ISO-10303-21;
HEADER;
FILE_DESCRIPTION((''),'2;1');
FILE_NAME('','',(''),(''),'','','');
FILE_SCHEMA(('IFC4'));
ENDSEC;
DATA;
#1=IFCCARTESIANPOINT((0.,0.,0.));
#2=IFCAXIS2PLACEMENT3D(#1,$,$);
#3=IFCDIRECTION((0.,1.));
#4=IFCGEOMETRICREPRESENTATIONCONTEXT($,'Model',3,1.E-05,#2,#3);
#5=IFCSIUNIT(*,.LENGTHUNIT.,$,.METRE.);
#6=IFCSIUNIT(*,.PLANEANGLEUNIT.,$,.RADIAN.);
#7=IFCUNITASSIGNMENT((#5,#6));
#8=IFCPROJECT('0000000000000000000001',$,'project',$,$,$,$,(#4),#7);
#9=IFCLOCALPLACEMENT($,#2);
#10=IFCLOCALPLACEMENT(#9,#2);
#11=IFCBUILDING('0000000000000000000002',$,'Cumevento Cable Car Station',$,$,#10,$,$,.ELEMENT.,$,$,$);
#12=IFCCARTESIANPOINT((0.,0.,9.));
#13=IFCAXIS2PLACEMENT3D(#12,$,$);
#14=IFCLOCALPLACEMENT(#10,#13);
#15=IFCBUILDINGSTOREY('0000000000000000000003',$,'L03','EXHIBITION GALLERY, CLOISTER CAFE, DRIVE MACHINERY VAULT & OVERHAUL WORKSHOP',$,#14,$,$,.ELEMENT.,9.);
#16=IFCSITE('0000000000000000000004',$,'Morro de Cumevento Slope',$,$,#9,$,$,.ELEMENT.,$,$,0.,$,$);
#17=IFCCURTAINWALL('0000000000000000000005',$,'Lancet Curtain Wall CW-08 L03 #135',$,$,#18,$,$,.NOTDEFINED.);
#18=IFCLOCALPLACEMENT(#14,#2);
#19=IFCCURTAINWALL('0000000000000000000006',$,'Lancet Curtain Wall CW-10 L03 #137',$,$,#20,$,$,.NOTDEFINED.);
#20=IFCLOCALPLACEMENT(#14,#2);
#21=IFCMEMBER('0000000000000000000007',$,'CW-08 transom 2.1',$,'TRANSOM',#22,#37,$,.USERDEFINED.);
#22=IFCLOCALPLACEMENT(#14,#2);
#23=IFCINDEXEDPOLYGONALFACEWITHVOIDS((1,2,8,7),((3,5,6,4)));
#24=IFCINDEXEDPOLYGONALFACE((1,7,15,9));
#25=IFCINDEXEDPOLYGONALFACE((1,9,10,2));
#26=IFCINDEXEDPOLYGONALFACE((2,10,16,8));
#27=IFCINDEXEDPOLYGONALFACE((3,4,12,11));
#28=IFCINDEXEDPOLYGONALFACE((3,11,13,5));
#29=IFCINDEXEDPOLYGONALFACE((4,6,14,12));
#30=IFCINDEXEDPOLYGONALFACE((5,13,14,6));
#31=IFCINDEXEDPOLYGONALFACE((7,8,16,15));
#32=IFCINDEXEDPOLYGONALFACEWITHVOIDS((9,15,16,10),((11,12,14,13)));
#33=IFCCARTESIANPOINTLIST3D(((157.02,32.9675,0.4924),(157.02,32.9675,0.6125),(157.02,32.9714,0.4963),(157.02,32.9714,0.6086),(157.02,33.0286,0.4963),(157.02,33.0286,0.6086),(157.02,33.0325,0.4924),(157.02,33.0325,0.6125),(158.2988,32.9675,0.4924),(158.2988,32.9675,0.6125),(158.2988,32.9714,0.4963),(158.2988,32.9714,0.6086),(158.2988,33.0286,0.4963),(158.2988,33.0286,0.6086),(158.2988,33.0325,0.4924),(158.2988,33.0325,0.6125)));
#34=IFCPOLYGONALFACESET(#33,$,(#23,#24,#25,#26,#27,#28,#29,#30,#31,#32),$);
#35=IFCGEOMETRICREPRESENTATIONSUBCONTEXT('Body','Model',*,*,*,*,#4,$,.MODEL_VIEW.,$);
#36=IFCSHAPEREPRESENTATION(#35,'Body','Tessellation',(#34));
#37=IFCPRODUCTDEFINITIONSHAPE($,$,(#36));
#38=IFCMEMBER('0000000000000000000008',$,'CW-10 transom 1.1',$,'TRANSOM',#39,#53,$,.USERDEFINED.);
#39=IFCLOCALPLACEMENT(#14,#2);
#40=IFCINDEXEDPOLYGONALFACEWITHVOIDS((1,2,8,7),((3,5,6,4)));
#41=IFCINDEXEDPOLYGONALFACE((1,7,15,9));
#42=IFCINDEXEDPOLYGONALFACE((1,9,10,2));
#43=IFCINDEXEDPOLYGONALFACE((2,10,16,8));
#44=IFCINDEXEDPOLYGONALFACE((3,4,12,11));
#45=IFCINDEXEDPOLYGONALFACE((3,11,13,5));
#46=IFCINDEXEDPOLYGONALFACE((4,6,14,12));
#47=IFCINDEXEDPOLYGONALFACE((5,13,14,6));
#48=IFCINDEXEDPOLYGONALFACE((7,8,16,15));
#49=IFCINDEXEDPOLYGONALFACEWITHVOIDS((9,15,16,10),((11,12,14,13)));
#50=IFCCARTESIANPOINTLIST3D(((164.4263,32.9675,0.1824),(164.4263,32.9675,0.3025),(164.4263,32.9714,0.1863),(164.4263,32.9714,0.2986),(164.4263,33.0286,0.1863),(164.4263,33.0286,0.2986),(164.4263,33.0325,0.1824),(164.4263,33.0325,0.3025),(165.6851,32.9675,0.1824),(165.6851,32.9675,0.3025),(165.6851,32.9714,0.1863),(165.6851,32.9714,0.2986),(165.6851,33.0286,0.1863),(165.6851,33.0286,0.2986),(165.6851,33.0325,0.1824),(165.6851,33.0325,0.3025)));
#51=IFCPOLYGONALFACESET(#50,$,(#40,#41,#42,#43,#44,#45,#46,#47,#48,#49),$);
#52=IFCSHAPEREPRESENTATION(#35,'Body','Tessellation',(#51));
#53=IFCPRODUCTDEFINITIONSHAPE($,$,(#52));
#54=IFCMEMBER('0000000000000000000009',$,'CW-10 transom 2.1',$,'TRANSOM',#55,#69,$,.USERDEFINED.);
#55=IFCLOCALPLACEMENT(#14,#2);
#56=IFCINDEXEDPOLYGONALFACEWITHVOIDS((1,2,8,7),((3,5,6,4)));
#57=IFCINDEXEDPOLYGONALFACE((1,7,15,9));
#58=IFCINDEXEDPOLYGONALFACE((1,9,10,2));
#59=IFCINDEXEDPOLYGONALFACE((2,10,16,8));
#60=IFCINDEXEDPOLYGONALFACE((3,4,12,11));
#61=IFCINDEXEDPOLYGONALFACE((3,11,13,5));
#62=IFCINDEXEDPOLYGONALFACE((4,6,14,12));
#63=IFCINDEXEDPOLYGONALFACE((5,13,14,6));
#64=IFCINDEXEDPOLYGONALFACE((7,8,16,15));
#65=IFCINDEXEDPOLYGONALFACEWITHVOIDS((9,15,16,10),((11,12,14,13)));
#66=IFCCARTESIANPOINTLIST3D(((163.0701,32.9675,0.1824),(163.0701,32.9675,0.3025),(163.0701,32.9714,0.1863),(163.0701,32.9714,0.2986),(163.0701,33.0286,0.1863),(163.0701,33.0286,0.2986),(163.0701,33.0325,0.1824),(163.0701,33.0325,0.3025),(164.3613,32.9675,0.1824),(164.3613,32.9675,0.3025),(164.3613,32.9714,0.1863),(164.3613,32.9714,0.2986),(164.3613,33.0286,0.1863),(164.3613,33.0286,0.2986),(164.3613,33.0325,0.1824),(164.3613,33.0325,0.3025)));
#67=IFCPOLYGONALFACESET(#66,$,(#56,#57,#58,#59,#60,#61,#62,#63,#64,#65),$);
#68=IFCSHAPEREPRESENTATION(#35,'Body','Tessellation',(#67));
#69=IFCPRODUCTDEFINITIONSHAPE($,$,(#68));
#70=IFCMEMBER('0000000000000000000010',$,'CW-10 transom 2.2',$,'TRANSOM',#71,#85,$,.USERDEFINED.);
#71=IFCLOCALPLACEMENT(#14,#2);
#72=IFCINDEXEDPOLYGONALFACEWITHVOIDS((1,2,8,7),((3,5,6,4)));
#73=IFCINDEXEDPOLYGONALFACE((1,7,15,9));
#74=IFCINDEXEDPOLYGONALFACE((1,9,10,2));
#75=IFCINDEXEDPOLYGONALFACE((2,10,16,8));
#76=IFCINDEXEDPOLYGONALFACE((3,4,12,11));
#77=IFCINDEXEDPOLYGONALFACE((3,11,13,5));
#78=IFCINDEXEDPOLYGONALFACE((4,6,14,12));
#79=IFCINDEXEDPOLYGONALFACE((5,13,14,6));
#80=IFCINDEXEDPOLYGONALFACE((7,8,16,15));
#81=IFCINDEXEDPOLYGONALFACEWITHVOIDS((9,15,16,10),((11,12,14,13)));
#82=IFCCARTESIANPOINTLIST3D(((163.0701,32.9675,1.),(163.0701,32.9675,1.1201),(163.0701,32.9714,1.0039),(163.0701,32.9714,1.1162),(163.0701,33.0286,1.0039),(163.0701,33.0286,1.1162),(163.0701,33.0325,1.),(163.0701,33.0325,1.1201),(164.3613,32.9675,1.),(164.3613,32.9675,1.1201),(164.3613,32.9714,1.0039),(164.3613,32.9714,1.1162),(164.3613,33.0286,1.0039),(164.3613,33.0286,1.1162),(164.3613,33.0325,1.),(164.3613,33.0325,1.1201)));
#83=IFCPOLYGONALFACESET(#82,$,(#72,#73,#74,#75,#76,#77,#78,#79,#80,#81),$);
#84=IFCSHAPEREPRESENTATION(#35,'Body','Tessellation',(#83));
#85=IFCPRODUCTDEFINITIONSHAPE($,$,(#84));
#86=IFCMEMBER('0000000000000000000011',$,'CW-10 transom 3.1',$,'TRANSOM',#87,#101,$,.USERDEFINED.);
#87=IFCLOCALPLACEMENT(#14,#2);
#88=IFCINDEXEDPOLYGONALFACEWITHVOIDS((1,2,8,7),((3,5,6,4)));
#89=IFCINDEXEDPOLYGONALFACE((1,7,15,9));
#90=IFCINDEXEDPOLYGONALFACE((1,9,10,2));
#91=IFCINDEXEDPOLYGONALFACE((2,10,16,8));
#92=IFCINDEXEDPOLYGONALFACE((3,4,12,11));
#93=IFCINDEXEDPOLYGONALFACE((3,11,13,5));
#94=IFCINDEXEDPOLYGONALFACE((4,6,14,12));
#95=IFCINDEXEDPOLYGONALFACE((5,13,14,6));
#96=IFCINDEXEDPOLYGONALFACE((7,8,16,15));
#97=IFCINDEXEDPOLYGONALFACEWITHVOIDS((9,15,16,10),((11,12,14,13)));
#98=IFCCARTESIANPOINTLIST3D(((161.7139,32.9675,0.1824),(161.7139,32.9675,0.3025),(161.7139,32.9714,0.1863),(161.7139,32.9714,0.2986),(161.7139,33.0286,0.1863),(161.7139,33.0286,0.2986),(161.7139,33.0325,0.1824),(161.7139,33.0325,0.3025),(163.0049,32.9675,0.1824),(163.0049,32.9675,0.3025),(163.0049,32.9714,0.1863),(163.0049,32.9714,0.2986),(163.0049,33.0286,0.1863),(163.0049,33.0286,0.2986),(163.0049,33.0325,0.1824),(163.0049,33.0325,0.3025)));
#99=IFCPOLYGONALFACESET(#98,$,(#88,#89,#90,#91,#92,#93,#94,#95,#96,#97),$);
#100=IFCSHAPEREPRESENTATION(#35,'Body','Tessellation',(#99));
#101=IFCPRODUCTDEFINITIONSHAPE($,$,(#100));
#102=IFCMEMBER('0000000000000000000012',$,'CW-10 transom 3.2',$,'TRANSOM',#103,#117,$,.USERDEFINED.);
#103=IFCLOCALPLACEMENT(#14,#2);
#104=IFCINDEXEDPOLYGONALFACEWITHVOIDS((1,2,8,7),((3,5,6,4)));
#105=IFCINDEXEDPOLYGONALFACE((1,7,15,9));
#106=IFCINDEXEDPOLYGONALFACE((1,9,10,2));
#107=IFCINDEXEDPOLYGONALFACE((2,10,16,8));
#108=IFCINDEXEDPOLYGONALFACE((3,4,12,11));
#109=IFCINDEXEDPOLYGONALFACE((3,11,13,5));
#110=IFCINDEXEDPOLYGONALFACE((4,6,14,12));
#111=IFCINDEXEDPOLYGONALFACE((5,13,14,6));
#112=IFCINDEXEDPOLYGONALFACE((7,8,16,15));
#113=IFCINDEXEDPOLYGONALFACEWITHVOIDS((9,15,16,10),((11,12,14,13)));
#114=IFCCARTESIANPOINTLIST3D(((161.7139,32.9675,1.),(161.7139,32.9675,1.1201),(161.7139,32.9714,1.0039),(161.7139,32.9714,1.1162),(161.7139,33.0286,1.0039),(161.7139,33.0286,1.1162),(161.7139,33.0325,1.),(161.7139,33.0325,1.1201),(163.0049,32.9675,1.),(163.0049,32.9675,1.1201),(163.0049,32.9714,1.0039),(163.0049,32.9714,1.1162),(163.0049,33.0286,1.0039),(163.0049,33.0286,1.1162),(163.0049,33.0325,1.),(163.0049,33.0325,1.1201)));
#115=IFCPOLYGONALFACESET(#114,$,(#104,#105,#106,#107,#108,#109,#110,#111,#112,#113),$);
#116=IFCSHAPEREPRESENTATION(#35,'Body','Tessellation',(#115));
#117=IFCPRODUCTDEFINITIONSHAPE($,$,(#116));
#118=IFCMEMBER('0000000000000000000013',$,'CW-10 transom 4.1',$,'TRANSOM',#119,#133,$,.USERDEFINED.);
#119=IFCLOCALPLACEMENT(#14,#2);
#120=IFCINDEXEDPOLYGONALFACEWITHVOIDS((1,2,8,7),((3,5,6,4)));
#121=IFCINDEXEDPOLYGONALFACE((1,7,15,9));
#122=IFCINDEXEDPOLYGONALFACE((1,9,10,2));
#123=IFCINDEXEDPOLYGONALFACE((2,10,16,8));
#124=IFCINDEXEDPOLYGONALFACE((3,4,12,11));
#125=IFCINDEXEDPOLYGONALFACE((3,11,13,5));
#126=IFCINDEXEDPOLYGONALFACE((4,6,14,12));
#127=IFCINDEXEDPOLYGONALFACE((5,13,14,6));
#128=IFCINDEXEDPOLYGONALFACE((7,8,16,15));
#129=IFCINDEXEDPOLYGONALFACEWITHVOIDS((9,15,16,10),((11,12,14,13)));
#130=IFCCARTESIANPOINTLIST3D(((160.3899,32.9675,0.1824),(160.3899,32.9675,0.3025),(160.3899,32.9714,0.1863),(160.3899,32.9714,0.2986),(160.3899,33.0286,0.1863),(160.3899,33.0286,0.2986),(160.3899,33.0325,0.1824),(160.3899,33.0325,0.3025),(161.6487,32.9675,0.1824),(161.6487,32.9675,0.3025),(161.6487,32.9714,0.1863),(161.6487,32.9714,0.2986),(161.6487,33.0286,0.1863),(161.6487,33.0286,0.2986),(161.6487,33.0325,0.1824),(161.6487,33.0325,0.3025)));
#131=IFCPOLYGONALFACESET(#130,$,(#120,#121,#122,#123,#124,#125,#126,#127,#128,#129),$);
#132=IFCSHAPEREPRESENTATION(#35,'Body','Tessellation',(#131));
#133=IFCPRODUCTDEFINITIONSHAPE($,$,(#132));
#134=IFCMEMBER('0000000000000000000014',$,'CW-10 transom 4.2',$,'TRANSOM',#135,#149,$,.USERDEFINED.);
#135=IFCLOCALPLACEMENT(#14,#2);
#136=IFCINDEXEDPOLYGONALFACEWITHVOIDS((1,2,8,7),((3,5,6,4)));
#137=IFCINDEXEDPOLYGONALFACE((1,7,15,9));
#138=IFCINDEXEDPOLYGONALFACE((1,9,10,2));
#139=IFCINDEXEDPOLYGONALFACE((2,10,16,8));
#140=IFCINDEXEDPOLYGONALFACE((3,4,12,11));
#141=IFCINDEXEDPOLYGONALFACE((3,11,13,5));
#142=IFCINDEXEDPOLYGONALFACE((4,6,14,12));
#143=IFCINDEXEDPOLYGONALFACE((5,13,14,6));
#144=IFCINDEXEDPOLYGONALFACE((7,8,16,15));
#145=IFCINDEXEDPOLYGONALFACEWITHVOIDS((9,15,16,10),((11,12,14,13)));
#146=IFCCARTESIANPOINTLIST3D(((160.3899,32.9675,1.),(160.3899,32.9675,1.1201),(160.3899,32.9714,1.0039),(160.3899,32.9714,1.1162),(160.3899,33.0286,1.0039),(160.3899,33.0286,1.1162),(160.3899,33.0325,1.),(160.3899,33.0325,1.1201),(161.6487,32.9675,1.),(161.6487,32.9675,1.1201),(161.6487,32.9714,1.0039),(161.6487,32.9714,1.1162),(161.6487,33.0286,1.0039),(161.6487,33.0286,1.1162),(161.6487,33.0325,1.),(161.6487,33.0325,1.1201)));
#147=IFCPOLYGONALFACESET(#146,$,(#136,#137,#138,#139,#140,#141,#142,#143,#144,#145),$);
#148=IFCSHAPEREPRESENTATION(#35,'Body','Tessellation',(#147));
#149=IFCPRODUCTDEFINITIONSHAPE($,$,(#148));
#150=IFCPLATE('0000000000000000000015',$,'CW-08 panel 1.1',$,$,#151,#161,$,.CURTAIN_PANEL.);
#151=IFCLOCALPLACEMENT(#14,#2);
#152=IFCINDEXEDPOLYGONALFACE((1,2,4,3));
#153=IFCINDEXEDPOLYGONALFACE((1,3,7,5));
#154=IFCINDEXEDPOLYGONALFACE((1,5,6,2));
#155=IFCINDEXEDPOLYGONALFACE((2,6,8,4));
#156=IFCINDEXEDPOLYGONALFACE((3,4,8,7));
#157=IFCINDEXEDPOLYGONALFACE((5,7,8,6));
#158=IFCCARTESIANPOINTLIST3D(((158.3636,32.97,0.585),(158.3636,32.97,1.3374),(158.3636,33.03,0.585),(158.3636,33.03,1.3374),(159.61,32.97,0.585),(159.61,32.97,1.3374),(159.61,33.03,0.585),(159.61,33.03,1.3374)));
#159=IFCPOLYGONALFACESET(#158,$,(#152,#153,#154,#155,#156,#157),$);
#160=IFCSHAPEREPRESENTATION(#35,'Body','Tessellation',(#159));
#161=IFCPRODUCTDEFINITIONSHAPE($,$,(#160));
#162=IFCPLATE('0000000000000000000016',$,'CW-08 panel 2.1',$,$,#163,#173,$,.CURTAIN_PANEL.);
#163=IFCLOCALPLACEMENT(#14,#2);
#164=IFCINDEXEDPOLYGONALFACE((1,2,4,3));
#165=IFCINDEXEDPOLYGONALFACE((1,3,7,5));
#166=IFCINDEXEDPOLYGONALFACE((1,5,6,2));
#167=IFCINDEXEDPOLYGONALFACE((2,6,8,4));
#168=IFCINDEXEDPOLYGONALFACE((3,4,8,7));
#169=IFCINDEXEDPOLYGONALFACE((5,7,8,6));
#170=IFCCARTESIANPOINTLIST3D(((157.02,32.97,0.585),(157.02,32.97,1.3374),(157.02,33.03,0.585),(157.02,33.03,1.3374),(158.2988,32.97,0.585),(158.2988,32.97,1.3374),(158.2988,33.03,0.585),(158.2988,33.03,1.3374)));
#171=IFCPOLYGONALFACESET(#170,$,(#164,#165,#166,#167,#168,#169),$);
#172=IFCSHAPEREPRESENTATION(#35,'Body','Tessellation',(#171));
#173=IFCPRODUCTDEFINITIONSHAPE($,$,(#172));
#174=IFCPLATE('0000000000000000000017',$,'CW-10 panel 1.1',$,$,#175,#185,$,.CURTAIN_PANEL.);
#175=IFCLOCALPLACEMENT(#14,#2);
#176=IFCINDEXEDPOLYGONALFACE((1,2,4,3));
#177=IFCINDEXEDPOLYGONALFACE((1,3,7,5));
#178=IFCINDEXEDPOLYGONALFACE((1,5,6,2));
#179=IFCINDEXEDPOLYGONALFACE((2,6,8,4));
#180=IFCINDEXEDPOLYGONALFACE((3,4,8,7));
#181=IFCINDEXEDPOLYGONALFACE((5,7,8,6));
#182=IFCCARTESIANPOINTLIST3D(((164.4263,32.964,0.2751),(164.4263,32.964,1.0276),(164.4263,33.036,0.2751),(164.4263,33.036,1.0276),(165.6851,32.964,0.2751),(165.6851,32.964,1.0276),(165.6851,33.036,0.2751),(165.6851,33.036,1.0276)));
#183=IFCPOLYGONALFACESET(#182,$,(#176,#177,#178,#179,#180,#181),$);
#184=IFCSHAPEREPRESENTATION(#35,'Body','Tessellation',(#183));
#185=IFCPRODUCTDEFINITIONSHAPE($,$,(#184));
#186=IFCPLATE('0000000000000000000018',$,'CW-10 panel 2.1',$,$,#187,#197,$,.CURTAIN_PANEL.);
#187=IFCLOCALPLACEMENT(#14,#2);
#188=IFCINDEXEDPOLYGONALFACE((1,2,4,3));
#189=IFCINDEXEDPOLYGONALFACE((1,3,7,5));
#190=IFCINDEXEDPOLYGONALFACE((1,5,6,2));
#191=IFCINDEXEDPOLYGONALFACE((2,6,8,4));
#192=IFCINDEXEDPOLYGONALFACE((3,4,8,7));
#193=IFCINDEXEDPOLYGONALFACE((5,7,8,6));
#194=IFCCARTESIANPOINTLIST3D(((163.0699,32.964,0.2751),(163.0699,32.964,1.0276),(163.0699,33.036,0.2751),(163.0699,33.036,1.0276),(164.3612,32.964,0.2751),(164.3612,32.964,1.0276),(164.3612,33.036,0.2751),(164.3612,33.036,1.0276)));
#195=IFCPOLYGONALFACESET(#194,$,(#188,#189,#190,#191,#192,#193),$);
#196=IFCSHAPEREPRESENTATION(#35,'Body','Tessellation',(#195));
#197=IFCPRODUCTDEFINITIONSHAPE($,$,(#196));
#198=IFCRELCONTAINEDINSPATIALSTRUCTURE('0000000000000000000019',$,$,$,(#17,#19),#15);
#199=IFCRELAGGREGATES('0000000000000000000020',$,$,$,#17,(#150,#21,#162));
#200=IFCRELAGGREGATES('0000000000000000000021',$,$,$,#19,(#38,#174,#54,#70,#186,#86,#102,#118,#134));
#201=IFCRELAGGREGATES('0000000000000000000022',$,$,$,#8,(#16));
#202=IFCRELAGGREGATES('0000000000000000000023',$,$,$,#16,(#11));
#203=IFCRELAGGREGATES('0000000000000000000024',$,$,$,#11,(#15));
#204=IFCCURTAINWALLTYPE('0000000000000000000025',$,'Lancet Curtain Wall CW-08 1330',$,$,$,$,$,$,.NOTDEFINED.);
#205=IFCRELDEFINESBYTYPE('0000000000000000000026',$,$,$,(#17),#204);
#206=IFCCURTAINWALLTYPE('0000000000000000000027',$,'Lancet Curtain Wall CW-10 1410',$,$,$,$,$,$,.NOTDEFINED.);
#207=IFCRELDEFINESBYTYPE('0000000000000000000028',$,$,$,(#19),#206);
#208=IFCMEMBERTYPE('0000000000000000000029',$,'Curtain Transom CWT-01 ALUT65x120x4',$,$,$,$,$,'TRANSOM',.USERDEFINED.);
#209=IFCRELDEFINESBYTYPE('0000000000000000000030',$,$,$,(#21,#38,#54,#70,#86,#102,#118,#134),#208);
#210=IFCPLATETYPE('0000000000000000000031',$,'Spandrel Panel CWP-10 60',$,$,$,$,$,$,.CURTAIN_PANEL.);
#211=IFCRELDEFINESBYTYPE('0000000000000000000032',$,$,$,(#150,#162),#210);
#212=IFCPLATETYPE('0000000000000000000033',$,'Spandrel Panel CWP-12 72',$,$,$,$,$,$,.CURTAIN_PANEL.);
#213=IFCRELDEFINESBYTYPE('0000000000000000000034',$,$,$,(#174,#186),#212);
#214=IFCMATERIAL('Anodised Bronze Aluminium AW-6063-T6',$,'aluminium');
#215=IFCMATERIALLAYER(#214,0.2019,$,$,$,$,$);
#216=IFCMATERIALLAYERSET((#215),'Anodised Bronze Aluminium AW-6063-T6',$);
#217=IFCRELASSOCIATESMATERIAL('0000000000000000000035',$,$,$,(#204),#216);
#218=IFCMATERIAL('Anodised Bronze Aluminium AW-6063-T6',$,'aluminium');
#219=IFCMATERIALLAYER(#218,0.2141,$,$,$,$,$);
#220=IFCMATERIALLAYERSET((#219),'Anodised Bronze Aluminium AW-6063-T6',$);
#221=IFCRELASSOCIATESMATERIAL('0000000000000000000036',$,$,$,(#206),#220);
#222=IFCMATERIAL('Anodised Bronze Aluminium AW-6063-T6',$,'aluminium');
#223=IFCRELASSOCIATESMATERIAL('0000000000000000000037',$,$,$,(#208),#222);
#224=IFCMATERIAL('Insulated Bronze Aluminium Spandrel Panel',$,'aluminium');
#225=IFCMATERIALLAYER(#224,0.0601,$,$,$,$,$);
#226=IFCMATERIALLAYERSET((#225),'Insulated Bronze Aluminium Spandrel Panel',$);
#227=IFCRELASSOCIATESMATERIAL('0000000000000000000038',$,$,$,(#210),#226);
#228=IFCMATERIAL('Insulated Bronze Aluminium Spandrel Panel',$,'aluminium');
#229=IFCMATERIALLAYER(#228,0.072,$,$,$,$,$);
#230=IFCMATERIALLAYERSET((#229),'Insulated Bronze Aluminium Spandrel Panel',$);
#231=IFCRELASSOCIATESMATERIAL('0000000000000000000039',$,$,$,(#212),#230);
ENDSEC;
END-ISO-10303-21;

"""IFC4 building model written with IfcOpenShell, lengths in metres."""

from ifc_helpers import new_model, si_unit, direction, frame, origin, origin_2d, place, context, subcontext, project, spatial, rectangle, hollow_rectangle, extrude, material, layer, layer_set, material_profile, profile_set, type_object, element, aggregate, save


model = new_model("IFC4")

# Units and contexts
model_context = context("Model", 3, precision=1e-05, world=origin(), true_north=direction((0.0, 1.0)))
body_context = subcontext(model_context, "Body", "Model", "MODEL_VIEW")
ifc_project = project(units=[si_unit("LENGTHUNIT", "METRE"), si_unit("PLANEANGLEUNIT", "RADIAN")], contexts=[model_context])

# Site, building, storey
site_placement = place(None, origin())
site = spatial("IfcSite", under=ifc_project, at=site_placement, Name="Morro de Cumevento Slope", CompositionType="ELEMENT", RefElevation=0.0)
building_placement = place(site_placement, origin())
building = spatial("IfcBuilding", under=site, at=building_placement, Name="Cumevento Cable Car Station", CompositionType="ELEMENT")
storey_placement = place(building_placement, frame((0.0, 0.0, 9.0)))
storey = spatial("IfcBuildingStorey", under=building, at=storey_placement, Name="L03", Description="EXHIBITION GALLERY, CLOISTER CAFE, DRIVE MACHINERY VAULT & OVERHAUL WORKSHOP", CompositionType="ELEMENT", Elevation=9.0)

# Curtain walls
ifc_material_1 = material(Name="Anodised Bronze Aluminium AW-6063-T6", Category="aluminium")
ifc_layer_1 = layer(ifc_material_1, 0.2019)
ifc_layer_set_1 = layer_set([ifc_layer_1], Name="Anodised Bronze Aluminium AW-6063-T6")
curtain_wall_type_1 = type_object("IfcCurtainWallType", Name="Lancet Curtain Wall CW-08 1330", PredefinedType="NOTDEFINED", material=ifc_layer_set_1)
curtain_wall_1_placement = place(storey_placement, origin())
curtain_wall_1 = element("IfcCurtainWall", 1, at=curtain_wall_1_placement, inside=storey, type_object=curtain_wall_type_1, Name="Lancet Curtain Wall CW-08 L03 #135", PredefinedType="NOTDEFINED")
ifc_material_2 = material(Name="Anodised Bronze Aluminium AW-6063-T6", Category="aluminium")
ifc_layer_2 = layer(ifc_material_2, 0.2141)
ifc_layer_set_2 = layer_set([ifc_layer_2], Name="Anodised Bronze Aluminium AW-6063-T6")
curtain_wall_type_2 = type_object("IfcCurtainWallType", Name="Lancet Curtain Wall CW-10 1410", PredefinedType="NOTDEFINED", material=ifc_layer_set_2)
curtain_wall_2_placement = place(storey_placement, origin())
curtain_wall_2 = element("IfcCurtainWall", 2, at=curtain_wall_2_placement, inside=storey, type_object=curtain_wall_type_2, Name="Lancet Curtain Wall CW-10 L03 #137", PredefinedType="NOTDEFINED")

# Members
ifc_material_3 = material(Name="Anodised Bronze Aluminium AW-6063-T6", Category="aluminium")
ifc_material_profile_1 = material_profile(ifc_material_3, hollow_rectangle(XDim=0.0649, YDim=0.1201, WallThickness=0.0039, at=origin_2d()), Name="ALUT65x120x4")
ifc_profile_set_1 = profile_set([ifc_material_profile_1], Name="Anodised Bronze Aluminium AW-6063-T6")
member_type_1 = type_object("IfcMemberType", Name="Curtain Transom CWT-01 ALUT65x120x4", ElementType="TRANSOM", PredefinedType="USERDEFINED", material=ifc_profile_set_1)
member_1_placement = place(storey_placement, frame((158.2988, 33.0, 0.5525), z_axis=(-1.0, 0.0, 0.0), x_axis=(0.0, -1.0, 0.0)))
member_1 = element("IfcMember", 3, at=member_1_placement, type_object=member_type_1, Name="CW-08 transom 2.1", ObjectType="TRANSOM", PredefinedType="USERDEFINED", context=body_context, shape_type="SweptSolid", body=[
    extrude(hollow_rectangle(XDim=0.0649, YDim=0.1201, WallThickness=0.0039, at=origin_2d()), origin(), (0.0, 0.0, 1.0), 1.2788),
])
member_2_placement = place(storey_placement, frame((165.6851, 33.0, 0.2424), z_axis=(-1.0, 0.0, 0.0), x_axis=(0.0, -1.0, 0.0)))
member_2 = element("IfcMember", 4, at=member_2_placement, type_object=member_type_1, Name="CW-10 transom 1.1", ObjectType="TRANSOM", PredefinedType="USERDEFINED", context=body_context, shape_type="SweptSolid", body=[
    extrude(hollow_rectangle(XDim=0.0649, YDim=0.1201, WallThickness=0.0039, at=origin_2d()), origin(), (0.0, 0.0, 1.0), 1.2588),
])
member_3_placement = place(storey_placement, frame((164.3613, 33.0, 0.2424), z_axis=(-1.0, 0.0, 0.0), x_axis=(0.0, -1.0, 0.0)))
member_3 = element("IfcMember", 5, at=member_3_placement, type_object=member_type_1, Name="CW-10 transom 2.1", ObjectType="TRANSOM", PredefinedType="USERDEFINED", context=body_context, shape_type="SweptSolid", body=[
    extrude(hollow_rectangle(XDim=0.0649, YDim=0.1201, WallThickness=0.0039, at=origin_2d()), origin(), (0.0, 0.0, 1.0), 1.2913),
])
member_4_placement = place(storey_placement, frame((164.3613, 33.0, 1.0601), z_axis=(-1.0, 0.0, 0.0), x_axis=(0.0, -1.0, 0.0)))
member_4 = element("IfcMember", 6, at=member_4_placement, type_object=member_type_1, Name="CW-10 transom 2.2", ObjectType="TRANSOM", PredefinedType="USERDEFINED", context=body_context, shape_type="SweptSolid", body=[
    extrude(hollow_rectangle(XDim=0.0649, YDim=0.1201, WallThickness=0.0039, at=origin_2d()), origin(), (0.0, 0.0, 1.0), 1.2913),
])
member_5_placement = place(storey_placement, frame((163.0049, 33.0, 0.2424), z_axis=(-1.0, 0.0, 0.0), x_axis=(0.0, -1.0, 0.0)))
member_5 = element("IfcMember", 7, at=member_5_placement, type_object=member_type_1, Name="CW-10 transom 3.1", ObjectType="TRANSOM", PredefinedType="USERDEFINED", context=body_context, shape_type="SweptSolid", body=[
    extrude(hollow_rectangle(XDim=0.0649, YDim=0.1201, WallThickness=0.0039, at=origin_2d()), origin(), (0.0, 0.0, 1.0), 1.291),
])
member_6_placement = place(storey_placement, frame((163.0049, 33.0, 1.0601), z_axis=(-1.0, 0.0, 0.0), x_axis=(0.0, -1.0, 0.0)))
member_6 = element("IfcMember", 8, at=member_6_placement, type_object=member_type_1, Name="CW-10 transom 3.2", ObjectType="TRANSOM", PredefinedType="USERDEFINED", context=body_context, shape_type="SweptSolid", body=[
    extrude(hollow_rectangle(XDim=0.0649, YDim=0.1201, WallThickness=0.0039, at=origin_2d()), origin(), (0.0, 0.0, 1.0), 1.291),
])
member_7_placement = place(storey_placement, frame((161.6487, 33.0, 0.2424), z_axis=(-1.0, 0.0, 0.0), x_axis=(0.0, -1.0, 0.0)))
member_7 = element("IfcMember", 9, at=member_7_placement, type_object=member_type_1, Name="CW-10 transom 4.1", ObjectType="TRANSOM", PredefinedType="USERDEFINED", context=body_context, shape_type="SweptSolid", body=[
    extrude(hollow_rectangle(XDim=0.0649, YDim=0.1201, WallThickness=0.0039, at=origin_2d()), origin(), (0.0, 0.0, 1.0), 1.2588),
])
member_8_placement = place(storey_placement, frame((161.6487, 33.0, 1.0601), z_axis=(-1.0, 0.0, 0.0), x_axis=(0.0, -1.0, 0.0)))
member_8 = element("IfcMember", 10, at=member_8_placement, type_object=member_type_1, Name="CW-10 transom 4.2", ObjectType="TRANSOM", PredefinedType="USERDEFINED", context=body_context, shape_type="SweptSolid", body=[
    extrude(hollow_rectangle(XDim=0.0649, YDim=0.1201, WallThickness=0.0039, at=origin_2d()), origin(), (0.0, 0.0, 1.0), 1.2588),
])

# Plates
ifc_material_4 = material(Name="Insulated Bronze Aluminium Spandrel Panel", Category="aluminium")
ifc_layer_3 = layer(ifc_material_4, 0.0601)
ifc_layer_set_3 = layer_set([ifc_layer_3], Name="Insulated Bronze Aluminium Spandrel Panel")
plate_type_1 = type_object("IfcPlateType", Name="Spandrel Panel CWP-10 60", PredefinedType="CURTAIN_PANEL", material=ifc_layer_set_3)
plate_1_placement = place(storey_placement, frame((158.9868, 33.0, 0.585), z_axis=(0.0, 0.0, 1.0), x_axis=(-1.0, 0.0, 0.0)))
plate_1 = element("IfcPlate", 11, at=plate_1_placement, type_object=plate_type_1, Name="CW-08 panel 1.1", PredefinedType="CURTAIN_PANEL", context=body_context, shape_type="SweptSolid", body=[
    extrude(rectangle(XDim=1.2463, YDim=0.0601, at=origin_2d()), origin(), (0.0, 0.0, 1.0), 0.7524),
])
plate_2_placement = place(storey_placement, frame((157.6594, 33.0, 0.585), z_axis=(0.0, 0.0, 1.0), x_axis=(-1.0, 0.0, 0.0)))
plate_2 = element("IfcPlate", 12, at=plate_2_placement, type_object=plate_type_1, Name="CW-08 panel 2.1", PredefinedType="CURTAIN_PANEL", context=body_context, shape_type="SweptSolid", body=[
    extrude(rectangle(XDim=1.2788, YDim=0.0601, at=origin_2d()), origin(), (0.0, 0.0, 1.0), 0.7524),
])
aggregate(curtain_wall_1, [plate_1, member_1, plate_2])
ifc_material_5 = material(Name="Insulated Bronze Aluminium Spandrel Panel", Category="aluminium")
ifc_layer_4 = layer(ifc_material_5, 0.072)
ifc_layer_set_4 = layer_set([ifc_layer_4], Name="Insulated Bronze Aluminium Spandrel Panel")
plate_type_2 = type_object("IfcPlateType", Name="Spandrel Panel CWP-12 72", PredefinedType="CURTAIN_PANEL", material=ifc_layer_set_4)
plate_3_placement = place(storey_placement, frame((165.0557, 33.0, 0.2751), z_axis=(0.0, 0.0, 1.0), x_axis=(-1.0, 0.0, 0.0)))
plate_3 = element("IfcPlate", 13, at=plate_3_placement, type_object=plate_type_2, Name="CW-10 panel 1.1", PredefinedType="CURTAIN_PANEL", context=body_context, shape_type="SweptSolid", body=[
    extrude(rectangle(XDim=1.2588, YDim=0.072, at=origin_2d()), origin(), (0.0, 0.0, 1.0), 0.7524),
])
plate_4_placement = place(storey_placement, frame((163.7156, 33.0, 0.2751), z_axis=(0.0, 0.0, 1.0), x_axis=(-1.0, 0.0, 0.0)))
plate_4 = element("IfcPlate", 14, at=plate_4_placement, type_object=plate_type_2, Name="CW-10 panel 2.1", PredefinedType="CURTAIN_PANEL", context=body_context, shape_type="SweptSolid", body=[
    extrude(rectangle(XDim=1.2913, YDim=0.072, at=origin_2d()), origin(), (0.0, 0.0, 1.0), 0.7524),
])
aggregate(curtain_wall_2, [member_2, plate_3, member_3, member_4, plate_4, member_5, member_6, member_7, member_8])

save(model, "model.ifc")
